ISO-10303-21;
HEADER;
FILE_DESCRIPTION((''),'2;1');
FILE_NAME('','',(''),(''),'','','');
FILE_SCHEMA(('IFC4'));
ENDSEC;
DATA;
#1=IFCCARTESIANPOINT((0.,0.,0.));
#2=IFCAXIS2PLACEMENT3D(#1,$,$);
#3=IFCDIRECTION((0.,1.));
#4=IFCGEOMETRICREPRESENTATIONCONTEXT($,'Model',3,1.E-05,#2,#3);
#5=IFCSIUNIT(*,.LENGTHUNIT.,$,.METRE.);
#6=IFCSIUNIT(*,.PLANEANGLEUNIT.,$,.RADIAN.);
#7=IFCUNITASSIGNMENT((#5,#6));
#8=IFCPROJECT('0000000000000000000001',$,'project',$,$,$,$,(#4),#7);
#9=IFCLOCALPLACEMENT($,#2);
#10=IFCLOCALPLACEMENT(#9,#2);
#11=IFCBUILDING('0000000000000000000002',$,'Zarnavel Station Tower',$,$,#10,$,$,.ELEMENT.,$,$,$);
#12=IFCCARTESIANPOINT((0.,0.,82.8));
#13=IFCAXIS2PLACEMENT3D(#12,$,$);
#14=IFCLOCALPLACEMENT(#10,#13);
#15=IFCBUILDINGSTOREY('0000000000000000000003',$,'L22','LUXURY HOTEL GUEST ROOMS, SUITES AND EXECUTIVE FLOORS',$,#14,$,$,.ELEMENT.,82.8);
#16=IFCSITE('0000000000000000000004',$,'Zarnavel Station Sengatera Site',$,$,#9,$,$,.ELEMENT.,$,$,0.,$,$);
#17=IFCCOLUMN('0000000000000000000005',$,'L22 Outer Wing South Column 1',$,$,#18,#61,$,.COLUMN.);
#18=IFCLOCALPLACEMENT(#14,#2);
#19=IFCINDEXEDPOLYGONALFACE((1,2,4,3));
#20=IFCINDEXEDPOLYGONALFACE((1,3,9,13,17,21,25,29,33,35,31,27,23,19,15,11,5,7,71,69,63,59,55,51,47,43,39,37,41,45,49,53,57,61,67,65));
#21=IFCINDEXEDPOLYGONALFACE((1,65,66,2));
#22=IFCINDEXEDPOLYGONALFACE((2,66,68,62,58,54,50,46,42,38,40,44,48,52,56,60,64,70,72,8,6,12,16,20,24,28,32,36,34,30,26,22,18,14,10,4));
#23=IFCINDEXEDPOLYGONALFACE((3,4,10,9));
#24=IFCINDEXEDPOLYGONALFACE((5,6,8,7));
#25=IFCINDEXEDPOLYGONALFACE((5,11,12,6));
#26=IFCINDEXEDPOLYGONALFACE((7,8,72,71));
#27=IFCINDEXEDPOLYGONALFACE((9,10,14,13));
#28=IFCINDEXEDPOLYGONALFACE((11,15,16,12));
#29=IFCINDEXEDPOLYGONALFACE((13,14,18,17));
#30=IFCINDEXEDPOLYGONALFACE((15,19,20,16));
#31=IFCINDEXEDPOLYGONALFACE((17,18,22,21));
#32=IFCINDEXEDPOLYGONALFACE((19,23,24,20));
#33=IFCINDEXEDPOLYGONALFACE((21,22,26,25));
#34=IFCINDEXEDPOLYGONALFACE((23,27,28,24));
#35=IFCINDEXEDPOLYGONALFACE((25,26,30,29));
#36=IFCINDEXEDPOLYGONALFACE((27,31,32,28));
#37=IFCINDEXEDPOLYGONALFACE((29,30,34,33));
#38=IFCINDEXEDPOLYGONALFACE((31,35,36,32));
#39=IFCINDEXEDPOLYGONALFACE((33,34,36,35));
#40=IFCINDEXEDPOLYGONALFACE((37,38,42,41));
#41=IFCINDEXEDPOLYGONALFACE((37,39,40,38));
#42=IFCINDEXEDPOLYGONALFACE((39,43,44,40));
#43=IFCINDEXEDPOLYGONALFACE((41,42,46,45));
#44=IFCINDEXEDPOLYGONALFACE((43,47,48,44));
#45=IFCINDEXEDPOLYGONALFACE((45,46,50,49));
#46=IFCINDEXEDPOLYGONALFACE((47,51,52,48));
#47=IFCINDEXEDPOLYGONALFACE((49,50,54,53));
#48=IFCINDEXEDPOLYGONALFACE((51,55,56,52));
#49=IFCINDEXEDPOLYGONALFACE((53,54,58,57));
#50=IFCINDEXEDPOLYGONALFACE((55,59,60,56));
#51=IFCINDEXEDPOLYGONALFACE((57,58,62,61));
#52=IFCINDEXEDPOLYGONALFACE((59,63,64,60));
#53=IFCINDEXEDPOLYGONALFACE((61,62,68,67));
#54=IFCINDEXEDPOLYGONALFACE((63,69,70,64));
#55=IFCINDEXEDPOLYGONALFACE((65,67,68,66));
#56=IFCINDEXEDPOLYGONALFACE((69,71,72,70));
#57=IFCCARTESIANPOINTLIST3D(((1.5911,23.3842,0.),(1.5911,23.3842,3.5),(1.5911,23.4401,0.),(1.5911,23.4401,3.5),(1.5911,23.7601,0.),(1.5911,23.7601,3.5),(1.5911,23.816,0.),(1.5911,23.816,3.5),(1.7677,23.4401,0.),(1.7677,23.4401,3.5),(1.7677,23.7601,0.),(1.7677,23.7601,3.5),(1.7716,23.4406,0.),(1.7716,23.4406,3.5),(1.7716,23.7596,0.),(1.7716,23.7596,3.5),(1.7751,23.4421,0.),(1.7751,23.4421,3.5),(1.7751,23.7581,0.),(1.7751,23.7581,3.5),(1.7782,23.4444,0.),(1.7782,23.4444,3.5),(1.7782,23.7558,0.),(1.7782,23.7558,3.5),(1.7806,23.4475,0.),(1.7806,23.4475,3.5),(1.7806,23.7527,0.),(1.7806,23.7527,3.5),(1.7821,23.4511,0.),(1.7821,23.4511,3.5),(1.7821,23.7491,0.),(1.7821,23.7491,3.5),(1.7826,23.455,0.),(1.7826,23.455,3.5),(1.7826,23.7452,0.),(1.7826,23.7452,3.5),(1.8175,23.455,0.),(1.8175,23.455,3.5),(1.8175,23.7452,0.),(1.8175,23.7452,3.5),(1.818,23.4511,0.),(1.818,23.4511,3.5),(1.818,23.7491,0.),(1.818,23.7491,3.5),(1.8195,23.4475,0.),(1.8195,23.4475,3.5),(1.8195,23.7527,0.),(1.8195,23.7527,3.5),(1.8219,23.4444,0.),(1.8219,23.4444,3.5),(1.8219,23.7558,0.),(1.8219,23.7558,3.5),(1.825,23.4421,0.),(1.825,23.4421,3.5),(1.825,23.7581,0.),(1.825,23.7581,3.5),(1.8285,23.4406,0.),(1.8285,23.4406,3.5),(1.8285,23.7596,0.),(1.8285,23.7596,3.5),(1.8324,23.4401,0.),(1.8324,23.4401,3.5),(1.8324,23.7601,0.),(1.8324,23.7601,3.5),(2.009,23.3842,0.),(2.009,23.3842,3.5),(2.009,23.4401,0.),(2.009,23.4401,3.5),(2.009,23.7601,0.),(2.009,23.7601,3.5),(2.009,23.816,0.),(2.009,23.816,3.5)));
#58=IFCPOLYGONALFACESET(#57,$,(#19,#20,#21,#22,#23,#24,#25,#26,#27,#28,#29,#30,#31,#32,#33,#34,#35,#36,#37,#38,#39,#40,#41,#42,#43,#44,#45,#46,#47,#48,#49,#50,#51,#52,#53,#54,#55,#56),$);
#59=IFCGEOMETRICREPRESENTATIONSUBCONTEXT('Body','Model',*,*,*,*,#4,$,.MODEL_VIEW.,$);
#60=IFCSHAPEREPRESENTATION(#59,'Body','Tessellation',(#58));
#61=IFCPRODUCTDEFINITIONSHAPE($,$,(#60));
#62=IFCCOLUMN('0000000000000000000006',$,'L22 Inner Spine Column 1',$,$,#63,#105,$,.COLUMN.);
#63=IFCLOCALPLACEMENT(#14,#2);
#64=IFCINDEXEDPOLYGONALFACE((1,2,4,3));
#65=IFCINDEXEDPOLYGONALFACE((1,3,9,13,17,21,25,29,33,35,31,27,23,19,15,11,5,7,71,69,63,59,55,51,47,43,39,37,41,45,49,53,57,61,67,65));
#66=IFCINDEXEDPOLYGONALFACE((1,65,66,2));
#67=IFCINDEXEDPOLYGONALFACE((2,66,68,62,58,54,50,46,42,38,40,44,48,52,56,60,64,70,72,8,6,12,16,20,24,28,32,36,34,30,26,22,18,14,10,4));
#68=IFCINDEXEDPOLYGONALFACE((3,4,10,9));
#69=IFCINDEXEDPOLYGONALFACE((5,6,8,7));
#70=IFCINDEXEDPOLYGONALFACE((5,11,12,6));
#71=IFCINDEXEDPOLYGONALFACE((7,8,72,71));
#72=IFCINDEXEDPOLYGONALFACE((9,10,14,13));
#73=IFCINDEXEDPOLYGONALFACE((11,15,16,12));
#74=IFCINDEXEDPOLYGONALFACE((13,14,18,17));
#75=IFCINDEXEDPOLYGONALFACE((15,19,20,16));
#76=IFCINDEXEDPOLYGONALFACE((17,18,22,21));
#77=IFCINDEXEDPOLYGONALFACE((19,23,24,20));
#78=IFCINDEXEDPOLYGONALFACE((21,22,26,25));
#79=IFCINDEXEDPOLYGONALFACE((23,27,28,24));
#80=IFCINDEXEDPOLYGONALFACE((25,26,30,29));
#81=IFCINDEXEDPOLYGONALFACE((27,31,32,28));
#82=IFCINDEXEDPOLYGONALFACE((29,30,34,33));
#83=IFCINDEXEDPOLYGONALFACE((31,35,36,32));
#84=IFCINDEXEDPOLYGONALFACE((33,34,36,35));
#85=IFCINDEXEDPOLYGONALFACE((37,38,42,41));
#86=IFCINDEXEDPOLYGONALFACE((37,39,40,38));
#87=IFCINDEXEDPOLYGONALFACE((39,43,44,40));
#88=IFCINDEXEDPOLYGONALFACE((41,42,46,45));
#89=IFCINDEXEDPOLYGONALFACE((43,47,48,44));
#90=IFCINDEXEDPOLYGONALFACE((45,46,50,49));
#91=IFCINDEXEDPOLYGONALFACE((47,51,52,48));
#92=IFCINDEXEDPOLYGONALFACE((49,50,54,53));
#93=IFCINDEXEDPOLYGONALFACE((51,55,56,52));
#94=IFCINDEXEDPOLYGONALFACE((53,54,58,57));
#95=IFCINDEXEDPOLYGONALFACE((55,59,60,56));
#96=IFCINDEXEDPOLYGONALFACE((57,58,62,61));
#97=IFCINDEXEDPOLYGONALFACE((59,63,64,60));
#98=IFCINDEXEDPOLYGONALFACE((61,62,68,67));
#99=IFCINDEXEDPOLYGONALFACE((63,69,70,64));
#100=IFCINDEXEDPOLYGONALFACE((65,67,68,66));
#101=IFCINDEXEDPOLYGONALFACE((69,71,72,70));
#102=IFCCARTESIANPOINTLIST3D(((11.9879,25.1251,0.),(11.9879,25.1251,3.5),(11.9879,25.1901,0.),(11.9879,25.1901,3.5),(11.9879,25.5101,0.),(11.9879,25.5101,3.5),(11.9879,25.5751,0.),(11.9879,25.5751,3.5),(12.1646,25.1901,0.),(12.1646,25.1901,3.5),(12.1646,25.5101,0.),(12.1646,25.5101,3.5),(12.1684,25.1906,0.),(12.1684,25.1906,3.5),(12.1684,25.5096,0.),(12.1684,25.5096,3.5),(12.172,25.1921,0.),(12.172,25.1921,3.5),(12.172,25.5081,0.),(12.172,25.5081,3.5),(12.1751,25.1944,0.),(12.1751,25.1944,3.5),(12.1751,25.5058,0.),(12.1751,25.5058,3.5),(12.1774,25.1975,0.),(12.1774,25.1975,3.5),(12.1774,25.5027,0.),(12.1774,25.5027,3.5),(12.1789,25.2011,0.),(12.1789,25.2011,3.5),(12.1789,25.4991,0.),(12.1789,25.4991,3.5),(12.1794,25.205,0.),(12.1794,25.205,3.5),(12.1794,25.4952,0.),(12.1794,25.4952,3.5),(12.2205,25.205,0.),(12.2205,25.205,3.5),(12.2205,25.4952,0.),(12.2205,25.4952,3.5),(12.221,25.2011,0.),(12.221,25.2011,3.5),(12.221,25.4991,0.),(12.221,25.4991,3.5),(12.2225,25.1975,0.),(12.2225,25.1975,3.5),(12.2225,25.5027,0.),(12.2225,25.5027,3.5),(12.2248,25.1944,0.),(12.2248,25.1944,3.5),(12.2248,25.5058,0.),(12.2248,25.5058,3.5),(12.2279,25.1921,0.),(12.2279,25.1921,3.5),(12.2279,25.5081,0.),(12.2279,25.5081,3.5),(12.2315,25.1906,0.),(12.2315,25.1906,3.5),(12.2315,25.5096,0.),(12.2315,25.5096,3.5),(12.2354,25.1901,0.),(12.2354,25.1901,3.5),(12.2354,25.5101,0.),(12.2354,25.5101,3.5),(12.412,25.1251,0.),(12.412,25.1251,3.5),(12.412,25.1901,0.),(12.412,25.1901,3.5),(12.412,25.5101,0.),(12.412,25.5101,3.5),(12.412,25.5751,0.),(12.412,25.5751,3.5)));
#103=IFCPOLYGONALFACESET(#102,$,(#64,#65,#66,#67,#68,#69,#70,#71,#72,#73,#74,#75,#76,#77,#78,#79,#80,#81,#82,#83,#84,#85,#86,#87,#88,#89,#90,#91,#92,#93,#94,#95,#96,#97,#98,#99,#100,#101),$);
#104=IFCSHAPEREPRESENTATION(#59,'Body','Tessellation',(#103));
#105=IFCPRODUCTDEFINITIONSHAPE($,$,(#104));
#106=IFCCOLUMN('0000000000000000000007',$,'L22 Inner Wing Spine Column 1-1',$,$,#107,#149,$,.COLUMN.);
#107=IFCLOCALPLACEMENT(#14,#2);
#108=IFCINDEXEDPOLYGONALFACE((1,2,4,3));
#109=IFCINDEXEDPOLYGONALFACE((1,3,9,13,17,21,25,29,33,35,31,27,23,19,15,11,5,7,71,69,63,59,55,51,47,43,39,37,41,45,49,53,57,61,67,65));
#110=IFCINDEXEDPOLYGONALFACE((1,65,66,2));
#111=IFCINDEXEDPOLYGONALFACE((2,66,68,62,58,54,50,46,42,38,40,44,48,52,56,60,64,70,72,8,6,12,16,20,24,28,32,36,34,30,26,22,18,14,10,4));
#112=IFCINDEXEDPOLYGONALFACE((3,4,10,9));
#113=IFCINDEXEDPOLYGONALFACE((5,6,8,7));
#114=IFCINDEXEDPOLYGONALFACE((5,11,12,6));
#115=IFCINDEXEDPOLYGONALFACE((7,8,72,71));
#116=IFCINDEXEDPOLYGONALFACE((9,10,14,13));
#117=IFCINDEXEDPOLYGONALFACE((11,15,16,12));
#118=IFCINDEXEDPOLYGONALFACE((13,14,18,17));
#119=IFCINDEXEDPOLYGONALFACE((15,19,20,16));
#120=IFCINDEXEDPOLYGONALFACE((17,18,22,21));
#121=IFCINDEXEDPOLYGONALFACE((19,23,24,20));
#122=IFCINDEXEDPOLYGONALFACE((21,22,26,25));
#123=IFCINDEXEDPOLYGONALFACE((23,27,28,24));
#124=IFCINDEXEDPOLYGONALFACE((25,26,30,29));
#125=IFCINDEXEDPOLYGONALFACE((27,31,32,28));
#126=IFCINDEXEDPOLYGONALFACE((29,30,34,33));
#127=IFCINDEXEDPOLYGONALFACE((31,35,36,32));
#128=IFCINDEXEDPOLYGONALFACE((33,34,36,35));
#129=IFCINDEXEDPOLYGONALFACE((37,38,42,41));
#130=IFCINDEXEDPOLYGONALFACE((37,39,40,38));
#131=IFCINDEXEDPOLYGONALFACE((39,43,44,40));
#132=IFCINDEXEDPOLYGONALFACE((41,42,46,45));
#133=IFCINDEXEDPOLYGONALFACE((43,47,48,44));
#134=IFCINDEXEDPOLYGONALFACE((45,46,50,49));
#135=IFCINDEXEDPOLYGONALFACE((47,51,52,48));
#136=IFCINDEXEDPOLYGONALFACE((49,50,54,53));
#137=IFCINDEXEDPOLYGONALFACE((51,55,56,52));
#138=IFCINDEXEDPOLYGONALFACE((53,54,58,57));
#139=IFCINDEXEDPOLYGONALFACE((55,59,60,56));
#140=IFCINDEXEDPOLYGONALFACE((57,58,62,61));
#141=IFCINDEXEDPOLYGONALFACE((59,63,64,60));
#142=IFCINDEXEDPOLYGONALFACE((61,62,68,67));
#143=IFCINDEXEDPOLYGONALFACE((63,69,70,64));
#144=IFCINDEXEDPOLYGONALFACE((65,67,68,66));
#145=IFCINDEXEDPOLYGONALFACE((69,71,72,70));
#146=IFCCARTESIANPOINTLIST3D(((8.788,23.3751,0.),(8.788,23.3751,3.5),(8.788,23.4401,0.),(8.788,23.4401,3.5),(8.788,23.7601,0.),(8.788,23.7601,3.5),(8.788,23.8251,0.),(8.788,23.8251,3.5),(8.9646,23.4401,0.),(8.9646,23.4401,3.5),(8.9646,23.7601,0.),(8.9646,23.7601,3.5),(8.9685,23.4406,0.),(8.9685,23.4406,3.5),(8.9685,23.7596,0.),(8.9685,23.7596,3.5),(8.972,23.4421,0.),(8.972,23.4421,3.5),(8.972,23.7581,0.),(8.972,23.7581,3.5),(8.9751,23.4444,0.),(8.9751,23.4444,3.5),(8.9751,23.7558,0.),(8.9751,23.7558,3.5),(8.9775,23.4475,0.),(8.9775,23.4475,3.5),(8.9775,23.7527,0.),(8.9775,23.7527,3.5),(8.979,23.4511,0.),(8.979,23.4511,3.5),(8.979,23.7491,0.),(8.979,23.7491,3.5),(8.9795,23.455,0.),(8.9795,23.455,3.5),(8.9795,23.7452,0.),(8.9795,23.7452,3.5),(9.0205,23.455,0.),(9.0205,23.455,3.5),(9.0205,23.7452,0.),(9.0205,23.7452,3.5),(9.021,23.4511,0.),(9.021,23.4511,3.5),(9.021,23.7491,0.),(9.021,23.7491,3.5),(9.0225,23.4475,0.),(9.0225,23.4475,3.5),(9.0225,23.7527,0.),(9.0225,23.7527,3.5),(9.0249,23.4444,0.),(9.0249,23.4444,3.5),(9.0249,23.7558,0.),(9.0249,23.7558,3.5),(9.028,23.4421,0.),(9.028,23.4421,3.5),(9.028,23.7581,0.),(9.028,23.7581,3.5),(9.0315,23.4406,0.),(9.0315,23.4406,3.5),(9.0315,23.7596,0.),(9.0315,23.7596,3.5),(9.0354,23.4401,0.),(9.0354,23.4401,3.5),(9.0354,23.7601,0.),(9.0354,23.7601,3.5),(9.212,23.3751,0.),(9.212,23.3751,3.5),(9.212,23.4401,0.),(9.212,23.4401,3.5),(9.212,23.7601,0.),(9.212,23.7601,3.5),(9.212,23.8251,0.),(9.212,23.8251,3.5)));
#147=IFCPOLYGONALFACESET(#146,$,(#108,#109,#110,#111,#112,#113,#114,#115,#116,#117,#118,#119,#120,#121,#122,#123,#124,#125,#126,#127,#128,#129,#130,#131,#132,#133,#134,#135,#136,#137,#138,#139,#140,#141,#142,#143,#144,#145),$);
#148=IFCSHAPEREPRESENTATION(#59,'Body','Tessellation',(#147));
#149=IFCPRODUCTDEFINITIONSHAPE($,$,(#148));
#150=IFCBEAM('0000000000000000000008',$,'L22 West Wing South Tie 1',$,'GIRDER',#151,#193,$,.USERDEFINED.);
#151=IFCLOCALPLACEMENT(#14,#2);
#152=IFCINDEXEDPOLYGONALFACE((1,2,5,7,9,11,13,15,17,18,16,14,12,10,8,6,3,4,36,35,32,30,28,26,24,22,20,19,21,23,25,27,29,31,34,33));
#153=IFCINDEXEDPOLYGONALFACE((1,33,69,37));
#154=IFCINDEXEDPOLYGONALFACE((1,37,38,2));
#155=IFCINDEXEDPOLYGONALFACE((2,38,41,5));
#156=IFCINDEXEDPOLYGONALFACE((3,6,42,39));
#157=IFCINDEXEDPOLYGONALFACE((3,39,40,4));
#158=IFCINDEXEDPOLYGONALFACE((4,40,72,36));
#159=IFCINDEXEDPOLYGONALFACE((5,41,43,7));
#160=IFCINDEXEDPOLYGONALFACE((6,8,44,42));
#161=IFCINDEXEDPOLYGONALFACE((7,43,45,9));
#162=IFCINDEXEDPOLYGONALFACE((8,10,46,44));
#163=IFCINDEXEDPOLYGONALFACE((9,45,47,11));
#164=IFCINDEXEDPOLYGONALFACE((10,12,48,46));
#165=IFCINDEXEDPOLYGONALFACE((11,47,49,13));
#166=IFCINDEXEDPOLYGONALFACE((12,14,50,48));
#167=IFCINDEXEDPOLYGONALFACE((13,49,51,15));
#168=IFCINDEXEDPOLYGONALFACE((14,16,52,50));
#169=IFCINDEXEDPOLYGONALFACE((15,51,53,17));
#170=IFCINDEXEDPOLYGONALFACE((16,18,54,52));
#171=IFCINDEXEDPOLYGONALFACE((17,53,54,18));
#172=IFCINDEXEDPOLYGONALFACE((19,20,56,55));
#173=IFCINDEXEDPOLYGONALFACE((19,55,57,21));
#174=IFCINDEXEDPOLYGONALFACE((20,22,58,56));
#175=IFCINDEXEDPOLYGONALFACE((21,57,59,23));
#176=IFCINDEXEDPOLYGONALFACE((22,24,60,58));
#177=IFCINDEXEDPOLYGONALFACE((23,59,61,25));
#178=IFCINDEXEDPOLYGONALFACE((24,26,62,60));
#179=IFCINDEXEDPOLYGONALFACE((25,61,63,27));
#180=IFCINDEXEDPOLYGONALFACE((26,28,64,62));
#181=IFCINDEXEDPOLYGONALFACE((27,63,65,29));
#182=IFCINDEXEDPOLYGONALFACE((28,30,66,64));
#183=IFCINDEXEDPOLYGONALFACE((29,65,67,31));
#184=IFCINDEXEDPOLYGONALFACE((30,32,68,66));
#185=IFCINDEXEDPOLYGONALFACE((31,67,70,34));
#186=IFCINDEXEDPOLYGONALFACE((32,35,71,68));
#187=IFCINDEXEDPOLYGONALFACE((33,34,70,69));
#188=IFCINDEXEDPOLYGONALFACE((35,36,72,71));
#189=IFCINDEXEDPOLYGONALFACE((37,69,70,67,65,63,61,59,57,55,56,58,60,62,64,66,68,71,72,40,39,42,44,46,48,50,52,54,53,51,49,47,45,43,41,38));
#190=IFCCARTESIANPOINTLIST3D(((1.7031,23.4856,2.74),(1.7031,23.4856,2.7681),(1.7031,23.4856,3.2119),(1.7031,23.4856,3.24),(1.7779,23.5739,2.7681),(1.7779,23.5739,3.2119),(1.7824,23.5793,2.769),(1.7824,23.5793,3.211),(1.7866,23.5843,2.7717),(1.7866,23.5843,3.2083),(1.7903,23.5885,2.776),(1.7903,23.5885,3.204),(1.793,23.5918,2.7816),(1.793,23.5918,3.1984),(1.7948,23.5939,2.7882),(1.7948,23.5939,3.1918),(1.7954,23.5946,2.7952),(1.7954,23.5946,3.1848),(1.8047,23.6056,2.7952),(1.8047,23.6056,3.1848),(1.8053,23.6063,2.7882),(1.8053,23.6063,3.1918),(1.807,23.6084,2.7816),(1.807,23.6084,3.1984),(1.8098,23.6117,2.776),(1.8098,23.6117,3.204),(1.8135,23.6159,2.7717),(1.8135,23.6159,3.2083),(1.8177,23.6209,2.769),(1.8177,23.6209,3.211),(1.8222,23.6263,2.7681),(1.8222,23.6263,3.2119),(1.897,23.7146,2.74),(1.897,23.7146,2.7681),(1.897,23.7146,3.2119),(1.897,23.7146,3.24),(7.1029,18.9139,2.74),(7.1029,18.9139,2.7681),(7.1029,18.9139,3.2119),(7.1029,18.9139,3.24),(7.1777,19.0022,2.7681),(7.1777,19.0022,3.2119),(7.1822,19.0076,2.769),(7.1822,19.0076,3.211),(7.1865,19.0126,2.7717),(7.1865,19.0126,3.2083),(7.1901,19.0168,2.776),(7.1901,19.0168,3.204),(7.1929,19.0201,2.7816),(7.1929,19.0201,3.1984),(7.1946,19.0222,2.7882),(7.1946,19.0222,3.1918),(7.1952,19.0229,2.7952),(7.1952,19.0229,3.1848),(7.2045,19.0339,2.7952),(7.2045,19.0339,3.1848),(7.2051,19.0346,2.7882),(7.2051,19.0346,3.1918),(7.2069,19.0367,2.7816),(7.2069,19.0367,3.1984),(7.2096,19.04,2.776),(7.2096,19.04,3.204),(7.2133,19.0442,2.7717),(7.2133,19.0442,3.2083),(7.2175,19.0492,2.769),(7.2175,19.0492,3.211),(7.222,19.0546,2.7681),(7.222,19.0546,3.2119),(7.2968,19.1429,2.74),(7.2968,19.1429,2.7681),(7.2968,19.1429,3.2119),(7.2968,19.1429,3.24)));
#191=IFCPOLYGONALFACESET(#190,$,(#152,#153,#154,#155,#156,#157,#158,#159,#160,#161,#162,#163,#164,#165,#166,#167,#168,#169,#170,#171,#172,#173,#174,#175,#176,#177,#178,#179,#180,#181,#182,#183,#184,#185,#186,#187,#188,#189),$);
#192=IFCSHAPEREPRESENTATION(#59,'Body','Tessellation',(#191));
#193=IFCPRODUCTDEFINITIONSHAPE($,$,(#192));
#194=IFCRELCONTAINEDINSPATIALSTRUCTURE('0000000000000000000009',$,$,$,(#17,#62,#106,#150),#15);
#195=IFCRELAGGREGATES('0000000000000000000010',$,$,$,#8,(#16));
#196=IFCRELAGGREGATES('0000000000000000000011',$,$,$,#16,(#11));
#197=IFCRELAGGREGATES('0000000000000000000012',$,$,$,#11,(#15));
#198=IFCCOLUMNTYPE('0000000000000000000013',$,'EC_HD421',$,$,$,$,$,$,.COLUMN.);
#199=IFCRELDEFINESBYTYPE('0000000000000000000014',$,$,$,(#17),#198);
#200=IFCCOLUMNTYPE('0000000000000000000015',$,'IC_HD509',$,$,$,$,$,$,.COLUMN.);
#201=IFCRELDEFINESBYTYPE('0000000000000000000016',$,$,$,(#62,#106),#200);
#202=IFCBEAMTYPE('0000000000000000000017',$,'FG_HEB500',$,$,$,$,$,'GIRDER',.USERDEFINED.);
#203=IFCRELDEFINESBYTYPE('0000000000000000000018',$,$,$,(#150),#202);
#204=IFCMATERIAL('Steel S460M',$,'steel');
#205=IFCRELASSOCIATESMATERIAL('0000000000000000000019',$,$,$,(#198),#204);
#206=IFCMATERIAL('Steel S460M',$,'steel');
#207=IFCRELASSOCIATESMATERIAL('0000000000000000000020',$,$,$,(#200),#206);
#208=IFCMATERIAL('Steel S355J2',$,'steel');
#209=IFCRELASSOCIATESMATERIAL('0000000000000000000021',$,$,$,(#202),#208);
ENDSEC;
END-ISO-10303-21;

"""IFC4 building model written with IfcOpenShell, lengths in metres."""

from ifc_helpers import new_model, si_unit, direction, frame, origin, origin_2d, place, context, subcontext, project, spatial, i_section, extrude, material, material_profile, profile_set, type_object, element, save


model = new_model("IFC4")

# Units and contexts
model_context = context("Model", 3, precision=1e-05, world=origin(), true_north=direction((0.0, 1.0)))
body_context = subcontext(model_context, "Body", "Model", "MODEL_VIEW")
ifc_project = project(units=[si_unit("LENGTHUNIT", "METRE"), si_unit("PLANEANGLEUNIT", "RADIAN")], contexts=[model_context])

# Site, building, storey
site_placement = place(None, origin())
site = spatial("IfcSite", under=ifc_project, at=site_placement, Name="Zarnavel Station Sengatera Site", CompositionType="ELEMENT", RefElevation=0.0)
building_placement = place(site_placement, origin())
building = spatial("IfcBuilding", under=site, at=building_placement, Name="Zarnavel Station Tower", CompositionType="ELEMENT")
storey_placement = place(building_placement, frame((0.0, 0.0, 82.8)))
storey = spatial("IfcBuildingStorey", under=building, at=storey_placement, Name="L22", Description="LUXURY HOTEL GUEST ROOMS, SUITES AND EXECUTIVE FLOORS", CompositionType="ELEMENT", Elevation=82.8)

# Columns
ifc_material_1 = material(Name="Steel S460M", Category="steel")
ifc_material_profile_1 = material_profile(ifc_material_1, i_section(OverallWidth=0.418, OverallDepth=0.4319, WebThickness=0.0349, FlangeThickness=0.0559, FilletRadius=0.0149, at=origin_2d()), Name="HD400x421")
ifc_profile_set_1 = profile_set([ifc_material_profile_1], Name="Steel S460M")
column_type_1 = type_object("IfcColumnType", Name="EC_HD421", PredefinedType="COLUMN", material=ifc_profile_set_1)
column_placement = place(storey_placement, frame((1.8, 23.6001, 0.0), z_axis=(0.0, 0.0, 1.0), x_axis=(1.0, 0.0, 0.0)))
element("IfcColumn", 1, at=column_placement, inside=storey, type_object=column_type_1, Name="L22 Outer Wing South Column 1", PredefinedType="COLUMN", context=body_context, shape_type="SweptSolid", body=[
    extrude(i_section(OverallWidth=0.418, OverallDepth=0.4319, WebThickness=0.0349, FlangeThickness=0.0559, FilletRadius=0.0149, at=origin_2d()), origin(), (0.0, 0.0, 1.0), 3.5),
])
ifc_material_2 = material(Name="Steel S460M", Category="steel")
ifc_material_profile_2 = material_profile(ifc_material_2, i_section(OverallWidth=0.4241, OverallDepth=0.45, WebThickness=0.041, FlangeThickness=0.0649, FilletRadius=0.0149, at=origin_2d()), Name="HD400x509")
ifc_profile_set_2 = profile_set([ifc_material_profile_2], Name="Steel S460M")
column_type_2 = type_object("IfcColumnType", Name="IC_HD509", PredefinedType="COLUMN", material=ifc_profile_set_2)
for number, where, z_axis, x_axis, name in (
    (2, (12.2, 25.3501, 0.0), (0.0, 0.0, 1.0), (1.0, 0.0, 0.0), "L22 Inner Spine Column 1"),
    (3, (9.0, 23.6001, 0.0), (0.0, 0.0, 1.0), (1.0, 0.0, 0.0), "L22 Inner Wing Spine Column 1-1"),
):
    element("IfcColumn", number, at=place(storey_placement, frame(where, z_axis=z_axis, x_axis=x_axis)), inside=storey, type_object=column_type_2, Name=name, PredefinedType="COLUMN", context=body_context, shape_type="SweptSolid", body=[
        extrude(i_section(OverallWidth=0.4241, OverallDepth=0.45, WebThickness=0.041, FlangeThickness=0.0649, FilletRadius=0.0149, at=origin_2d()), origin(), (0.0, 0.0, 1.0), 3.5),
    ])

# Beam
ifc_material_3 = material(Name="Steel S355J2", Category="steel")
ifc_material_profile_3 = material_profile(ifc_material_3, i_section(OverallWidth=0.3, OverallDepth=0.5, WebThickness=0.0144, FlangeThickness=0.0281, FilletRadius=0.0271, at=origin_2d()), Name="HEB500")
ifc_profile_set_3 = profile_set([ifc_material_profile_3], Name="Steel S355J2")
beam_type_1 = type_object("IfcBeamType", Name="FG_HEB500", ElementType="GIRDER", PredefinedType="USERDEFINED", material=ifc_profile_set_3)
beam_1_placement = place(storey_placement, frame((1.8, 23.6001, 2.99), z_axis=(0.763203, -0.646159, 0.0), x_axis=(0.646159, 0.763203, 0.0)))
element("IfcBeam", 4, at=beam_1_placement, inside=storey, type_object=beam_type_1, Name="L22 West Wing South Tie 1", ObjectType="GIRDER", PredefinedType="USERDEFINED", context=body_context, shape_type="SweptSolid", body=[
    extrude(i_section(OverallWidth=0.3, OverallDepth=0.5, WebThickness=0.0144, FlangeThickness=0.0281, FilletRadius=0.0271, at=origin_2d()), origin(), (0.0, 0.0, 1.0), 7.0752),
])

save(model, "model.ifc")
